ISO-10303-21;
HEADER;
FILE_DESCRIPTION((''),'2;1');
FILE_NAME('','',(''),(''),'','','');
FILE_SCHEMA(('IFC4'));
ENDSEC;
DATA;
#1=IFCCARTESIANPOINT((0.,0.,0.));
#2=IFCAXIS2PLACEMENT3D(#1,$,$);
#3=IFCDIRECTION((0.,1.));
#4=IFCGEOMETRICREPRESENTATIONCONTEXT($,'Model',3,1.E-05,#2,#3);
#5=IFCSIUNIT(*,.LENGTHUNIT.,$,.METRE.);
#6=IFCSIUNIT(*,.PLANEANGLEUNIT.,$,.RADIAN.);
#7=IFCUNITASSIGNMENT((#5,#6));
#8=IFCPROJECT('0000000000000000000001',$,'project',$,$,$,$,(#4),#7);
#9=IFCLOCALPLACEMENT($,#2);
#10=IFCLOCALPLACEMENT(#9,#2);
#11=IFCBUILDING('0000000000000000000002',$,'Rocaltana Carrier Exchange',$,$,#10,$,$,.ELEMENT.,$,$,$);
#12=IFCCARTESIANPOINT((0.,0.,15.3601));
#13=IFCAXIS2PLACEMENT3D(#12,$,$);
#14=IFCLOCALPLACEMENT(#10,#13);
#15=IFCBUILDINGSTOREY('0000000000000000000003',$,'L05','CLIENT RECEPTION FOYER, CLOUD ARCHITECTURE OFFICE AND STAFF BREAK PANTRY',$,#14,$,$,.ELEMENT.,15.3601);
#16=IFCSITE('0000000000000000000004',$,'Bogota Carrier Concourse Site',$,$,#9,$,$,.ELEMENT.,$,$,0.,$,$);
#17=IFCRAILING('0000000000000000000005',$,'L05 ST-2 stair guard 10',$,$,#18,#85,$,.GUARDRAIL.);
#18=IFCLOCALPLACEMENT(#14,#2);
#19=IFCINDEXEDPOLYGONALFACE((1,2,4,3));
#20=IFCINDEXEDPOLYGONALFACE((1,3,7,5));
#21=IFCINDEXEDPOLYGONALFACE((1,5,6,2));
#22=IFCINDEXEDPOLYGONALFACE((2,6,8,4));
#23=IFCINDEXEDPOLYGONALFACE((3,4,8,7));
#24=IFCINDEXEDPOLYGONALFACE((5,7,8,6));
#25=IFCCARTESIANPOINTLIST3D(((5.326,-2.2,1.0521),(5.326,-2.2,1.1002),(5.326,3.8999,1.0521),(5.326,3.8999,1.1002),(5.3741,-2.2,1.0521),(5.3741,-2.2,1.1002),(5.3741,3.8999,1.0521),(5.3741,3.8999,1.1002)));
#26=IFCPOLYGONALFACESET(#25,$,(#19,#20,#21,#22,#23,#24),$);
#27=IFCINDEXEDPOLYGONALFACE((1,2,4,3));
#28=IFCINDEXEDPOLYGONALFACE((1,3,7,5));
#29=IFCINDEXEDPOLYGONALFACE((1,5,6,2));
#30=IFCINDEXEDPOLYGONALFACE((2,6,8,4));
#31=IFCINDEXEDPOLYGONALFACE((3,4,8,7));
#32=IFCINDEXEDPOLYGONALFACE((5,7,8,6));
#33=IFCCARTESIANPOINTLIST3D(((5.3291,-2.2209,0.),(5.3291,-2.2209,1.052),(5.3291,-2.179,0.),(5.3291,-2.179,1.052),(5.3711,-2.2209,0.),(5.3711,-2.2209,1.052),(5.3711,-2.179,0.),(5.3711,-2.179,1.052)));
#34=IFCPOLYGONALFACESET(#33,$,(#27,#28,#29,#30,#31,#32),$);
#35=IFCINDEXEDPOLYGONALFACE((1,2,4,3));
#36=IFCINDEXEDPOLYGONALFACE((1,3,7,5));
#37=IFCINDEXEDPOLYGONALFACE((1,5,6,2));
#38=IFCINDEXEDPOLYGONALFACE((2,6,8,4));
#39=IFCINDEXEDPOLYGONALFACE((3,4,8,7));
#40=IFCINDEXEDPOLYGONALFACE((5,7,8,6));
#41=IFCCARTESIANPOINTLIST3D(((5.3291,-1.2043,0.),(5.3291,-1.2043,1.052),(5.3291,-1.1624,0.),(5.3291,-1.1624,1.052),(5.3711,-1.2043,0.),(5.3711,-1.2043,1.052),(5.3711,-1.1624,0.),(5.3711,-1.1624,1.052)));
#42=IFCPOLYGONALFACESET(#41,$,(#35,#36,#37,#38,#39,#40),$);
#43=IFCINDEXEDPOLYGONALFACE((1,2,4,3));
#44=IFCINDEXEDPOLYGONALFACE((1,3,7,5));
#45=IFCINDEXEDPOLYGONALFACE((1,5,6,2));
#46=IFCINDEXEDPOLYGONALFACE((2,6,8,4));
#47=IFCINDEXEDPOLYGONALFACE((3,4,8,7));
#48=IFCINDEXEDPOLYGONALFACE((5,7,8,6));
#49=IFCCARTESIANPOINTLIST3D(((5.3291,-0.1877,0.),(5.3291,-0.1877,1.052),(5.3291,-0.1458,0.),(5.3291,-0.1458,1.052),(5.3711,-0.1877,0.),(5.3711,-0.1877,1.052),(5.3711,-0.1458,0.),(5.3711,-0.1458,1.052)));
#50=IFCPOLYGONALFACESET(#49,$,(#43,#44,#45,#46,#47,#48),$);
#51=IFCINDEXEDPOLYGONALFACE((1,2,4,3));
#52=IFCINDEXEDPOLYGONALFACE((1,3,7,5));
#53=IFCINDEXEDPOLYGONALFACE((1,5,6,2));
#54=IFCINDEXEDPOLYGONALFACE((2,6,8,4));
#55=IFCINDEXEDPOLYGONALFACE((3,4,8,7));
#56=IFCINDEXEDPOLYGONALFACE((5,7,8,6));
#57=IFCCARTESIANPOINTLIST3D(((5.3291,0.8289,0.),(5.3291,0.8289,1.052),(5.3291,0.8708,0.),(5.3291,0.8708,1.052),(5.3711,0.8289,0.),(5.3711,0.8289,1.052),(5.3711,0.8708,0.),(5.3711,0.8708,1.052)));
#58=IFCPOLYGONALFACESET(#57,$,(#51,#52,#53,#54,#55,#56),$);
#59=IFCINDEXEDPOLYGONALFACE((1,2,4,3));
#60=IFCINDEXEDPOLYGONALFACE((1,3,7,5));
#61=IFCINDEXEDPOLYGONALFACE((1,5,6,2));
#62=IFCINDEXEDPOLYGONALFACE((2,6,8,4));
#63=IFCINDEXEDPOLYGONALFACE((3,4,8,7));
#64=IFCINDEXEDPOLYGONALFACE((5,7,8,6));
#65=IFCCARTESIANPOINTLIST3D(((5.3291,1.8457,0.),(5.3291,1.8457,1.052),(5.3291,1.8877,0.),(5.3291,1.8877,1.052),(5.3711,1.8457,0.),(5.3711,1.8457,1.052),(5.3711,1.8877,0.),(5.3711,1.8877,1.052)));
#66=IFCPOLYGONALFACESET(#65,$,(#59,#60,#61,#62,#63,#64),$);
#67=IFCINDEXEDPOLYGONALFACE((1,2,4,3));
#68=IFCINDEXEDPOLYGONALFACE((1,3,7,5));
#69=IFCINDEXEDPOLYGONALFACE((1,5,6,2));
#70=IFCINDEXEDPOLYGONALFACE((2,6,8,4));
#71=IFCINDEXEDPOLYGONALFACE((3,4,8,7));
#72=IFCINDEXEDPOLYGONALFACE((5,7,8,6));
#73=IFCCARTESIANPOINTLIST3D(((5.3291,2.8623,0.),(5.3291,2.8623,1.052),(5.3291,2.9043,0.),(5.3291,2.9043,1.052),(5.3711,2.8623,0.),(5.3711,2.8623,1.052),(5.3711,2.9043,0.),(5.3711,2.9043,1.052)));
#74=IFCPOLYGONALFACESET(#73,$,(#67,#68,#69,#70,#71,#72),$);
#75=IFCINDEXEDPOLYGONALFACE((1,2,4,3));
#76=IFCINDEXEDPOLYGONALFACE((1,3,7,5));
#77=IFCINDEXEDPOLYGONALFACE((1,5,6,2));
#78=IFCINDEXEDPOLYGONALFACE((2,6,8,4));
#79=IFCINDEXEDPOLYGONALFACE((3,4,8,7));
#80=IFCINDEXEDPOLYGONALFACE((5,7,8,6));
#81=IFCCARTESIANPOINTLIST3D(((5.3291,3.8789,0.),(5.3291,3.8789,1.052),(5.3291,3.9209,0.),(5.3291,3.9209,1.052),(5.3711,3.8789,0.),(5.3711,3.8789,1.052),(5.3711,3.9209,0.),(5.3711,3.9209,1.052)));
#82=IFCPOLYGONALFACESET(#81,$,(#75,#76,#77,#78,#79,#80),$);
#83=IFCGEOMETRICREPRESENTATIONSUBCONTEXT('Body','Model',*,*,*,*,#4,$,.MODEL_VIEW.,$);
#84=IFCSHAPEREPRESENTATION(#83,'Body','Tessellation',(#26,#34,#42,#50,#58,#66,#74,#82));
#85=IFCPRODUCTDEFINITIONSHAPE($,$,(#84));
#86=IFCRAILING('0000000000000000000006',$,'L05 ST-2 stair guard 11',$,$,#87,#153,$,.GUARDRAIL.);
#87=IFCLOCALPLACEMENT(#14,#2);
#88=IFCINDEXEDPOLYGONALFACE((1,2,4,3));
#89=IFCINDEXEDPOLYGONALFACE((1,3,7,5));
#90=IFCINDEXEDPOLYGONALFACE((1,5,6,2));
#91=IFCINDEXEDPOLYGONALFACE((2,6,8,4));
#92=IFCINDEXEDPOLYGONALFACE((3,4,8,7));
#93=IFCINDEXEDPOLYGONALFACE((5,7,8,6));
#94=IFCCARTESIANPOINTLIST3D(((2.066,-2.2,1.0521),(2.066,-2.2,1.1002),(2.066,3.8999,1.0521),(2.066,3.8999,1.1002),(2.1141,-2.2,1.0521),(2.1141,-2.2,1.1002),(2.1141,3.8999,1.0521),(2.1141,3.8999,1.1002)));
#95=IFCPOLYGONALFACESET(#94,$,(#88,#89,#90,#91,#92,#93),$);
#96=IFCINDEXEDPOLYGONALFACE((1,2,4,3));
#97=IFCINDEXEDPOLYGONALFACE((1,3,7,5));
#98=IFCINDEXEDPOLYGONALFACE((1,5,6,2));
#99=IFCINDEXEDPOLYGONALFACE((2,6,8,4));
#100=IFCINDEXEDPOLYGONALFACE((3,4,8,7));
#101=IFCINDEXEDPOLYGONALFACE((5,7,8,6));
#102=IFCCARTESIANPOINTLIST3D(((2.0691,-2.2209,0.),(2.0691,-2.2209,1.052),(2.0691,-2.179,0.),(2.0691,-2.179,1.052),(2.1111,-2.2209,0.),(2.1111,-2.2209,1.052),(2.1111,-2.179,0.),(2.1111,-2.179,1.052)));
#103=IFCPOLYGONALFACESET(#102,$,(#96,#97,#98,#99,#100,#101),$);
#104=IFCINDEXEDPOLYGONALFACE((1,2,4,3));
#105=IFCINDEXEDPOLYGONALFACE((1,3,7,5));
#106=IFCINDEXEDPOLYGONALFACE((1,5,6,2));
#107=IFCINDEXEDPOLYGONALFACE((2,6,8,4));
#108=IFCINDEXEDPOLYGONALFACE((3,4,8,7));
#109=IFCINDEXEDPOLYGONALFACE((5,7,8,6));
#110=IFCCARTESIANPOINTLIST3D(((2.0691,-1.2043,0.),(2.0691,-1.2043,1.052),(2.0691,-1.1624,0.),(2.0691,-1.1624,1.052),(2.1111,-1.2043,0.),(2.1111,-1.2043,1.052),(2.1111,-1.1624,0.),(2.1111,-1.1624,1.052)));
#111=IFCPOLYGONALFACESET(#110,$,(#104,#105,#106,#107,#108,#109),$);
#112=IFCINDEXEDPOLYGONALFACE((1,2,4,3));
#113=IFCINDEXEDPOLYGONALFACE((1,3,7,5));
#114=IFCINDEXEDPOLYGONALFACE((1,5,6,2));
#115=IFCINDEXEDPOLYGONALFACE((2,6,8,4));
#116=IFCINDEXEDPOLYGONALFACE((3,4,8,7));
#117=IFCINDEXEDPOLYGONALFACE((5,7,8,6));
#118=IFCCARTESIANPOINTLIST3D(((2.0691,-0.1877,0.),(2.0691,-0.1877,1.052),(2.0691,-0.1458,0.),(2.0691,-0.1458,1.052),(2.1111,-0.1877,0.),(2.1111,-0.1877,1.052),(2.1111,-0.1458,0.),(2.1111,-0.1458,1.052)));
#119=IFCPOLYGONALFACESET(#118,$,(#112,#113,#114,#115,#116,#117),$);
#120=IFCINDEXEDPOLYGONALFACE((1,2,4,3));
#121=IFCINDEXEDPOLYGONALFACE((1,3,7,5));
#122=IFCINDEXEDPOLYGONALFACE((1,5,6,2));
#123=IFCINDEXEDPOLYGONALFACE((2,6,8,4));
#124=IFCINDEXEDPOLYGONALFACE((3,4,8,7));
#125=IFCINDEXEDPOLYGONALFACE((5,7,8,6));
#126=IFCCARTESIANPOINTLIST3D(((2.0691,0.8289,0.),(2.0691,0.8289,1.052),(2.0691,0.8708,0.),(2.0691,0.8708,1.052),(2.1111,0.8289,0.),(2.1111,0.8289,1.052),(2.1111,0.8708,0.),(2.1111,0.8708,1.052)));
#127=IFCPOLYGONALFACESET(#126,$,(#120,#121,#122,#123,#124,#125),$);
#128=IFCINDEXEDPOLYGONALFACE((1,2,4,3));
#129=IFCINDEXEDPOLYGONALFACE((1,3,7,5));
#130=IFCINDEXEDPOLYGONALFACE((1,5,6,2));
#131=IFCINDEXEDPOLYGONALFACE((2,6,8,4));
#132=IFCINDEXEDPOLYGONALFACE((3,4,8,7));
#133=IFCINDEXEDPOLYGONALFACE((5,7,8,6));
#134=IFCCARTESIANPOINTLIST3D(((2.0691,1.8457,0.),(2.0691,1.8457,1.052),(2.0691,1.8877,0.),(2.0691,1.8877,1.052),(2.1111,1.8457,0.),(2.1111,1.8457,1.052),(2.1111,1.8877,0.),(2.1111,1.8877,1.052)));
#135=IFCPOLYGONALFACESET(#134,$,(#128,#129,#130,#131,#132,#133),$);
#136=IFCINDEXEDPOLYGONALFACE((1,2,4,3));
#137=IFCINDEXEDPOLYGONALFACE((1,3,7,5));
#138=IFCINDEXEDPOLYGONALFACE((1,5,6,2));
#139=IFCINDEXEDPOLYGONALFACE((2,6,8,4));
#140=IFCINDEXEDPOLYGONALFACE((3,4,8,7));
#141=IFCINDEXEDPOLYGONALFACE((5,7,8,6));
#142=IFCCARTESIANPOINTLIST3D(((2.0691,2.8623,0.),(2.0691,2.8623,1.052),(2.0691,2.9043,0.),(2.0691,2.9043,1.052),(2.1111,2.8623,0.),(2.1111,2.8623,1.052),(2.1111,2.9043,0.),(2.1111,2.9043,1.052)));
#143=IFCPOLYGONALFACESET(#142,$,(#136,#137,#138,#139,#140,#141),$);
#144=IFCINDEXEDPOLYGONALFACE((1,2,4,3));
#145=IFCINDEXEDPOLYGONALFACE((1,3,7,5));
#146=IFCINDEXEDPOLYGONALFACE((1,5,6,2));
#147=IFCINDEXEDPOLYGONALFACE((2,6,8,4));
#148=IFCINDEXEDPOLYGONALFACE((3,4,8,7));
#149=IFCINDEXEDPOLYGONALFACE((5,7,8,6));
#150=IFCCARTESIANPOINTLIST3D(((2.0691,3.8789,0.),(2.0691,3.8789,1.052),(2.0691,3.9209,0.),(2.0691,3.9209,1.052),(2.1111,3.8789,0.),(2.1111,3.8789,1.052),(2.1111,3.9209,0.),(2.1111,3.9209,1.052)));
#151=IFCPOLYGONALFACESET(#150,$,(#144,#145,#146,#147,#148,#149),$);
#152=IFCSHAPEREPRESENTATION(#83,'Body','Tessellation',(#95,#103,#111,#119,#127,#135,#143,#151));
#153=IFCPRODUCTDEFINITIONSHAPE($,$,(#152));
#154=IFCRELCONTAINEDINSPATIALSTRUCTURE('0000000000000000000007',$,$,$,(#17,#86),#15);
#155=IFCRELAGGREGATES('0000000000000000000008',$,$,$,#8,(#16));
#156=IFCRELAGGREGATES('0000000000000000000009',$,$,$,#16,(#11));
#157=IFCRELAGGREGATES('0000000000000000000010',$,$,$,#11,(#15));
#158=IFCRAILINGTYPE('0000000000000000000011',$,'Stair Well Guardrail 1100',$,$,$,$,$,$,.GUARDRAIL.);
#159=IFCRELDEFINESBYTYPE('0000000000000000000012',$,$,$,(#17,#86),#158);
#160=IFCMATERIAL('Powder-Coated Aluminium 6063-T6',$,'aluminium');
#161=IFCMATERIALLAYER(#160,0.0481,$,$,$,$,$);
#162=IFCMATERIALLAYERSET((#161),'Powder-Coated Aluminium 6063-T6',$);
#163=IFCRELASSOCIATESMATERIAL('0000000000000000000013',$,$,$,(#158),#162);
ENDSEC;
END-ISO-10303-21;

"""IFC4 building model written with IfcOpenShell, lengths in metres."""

from ifc_helpers import new_model, si_unit, direction, frame, origin, origin_2d, place, context, subcontext, project, spatial, rectangle, extrude, material, layer, layer_set, type_object, element, save


model = new_model("IFC4")

# Units and contexts
model_context = context("Model", 3, precision=1e-05, world=origin(), true_north=direction((0.0, 1.0)))
body_context = subcontext(model_context, "Body", "Model", "MODEL_VIEW")
ifc_project = project(units=[si_unit("LENGTHUNIT", "METRE"), si_unit("PLANEANGLEUNIT", "RADIAN")], contexts=[model_context])

# Site, building, storey
site_placement = place(None, origin())
site = spatial("IfcSite", under=ifc_project, at=site_placement, Name="Bogota Carrier Concourse Site", CompositionType="ELEMENT", RefElevation=0.0)
building_placement = place(site_placement, origin())
building = spatial("IfcBuilding", under=site, at=building_placement, Name="Rocaltana Carrier Exchange", CompositionType="ELEMENT")
storey_placement = place(building_placement, frame((0.0, 0.0, 15.3601)))
storey = spatial("IfcBuildingStorey", under=building, at=storey_placement, Name="L05", Description="CLIENT RECEPTION FOYER, CLOUD ARCHITECTURE OFFICE AND STAFF BREAK PANTRY", CompositionType="ELEMENT", Elevation=15.3601)

# Railings
ifc_material_1 = material(Name="Powder-Coated Aluminium 6063-T6", Category="aluminium")
ifc_layer_1 = layer(ifc_material_1, 0.0481)
ifc_layer_set_1 = layer_set([ifc_layer_1], Name="Powder-Coated Aluminium 6063-T6")
railing_type_1 = type_object("IfcRailingType", Name="Stair Well Guardrail 1100", PredefinedType="GUARDRAIL", material=ifc_layer_set_1)
for number, where, name in (
    (1, (5.3501, -2.2, 0.0), "L05 ST-2 stair guard 10"),
    (2, (2.0901, -2.2, 0.0), "L05 ST-2 stair guard 11"),
):
    element("IfcRailing", number, at=place(storey_placement, frame(where)), inside=storey, type_object=railing_type_1, Name=name, PredefinedType="GUARDRAIL", context=body_context, shape_type="SweptSolid", body=[
        extrude(rectangle(XDim=0.0481, YDim=0.0481, at=origin_2d()), frame((0.0, 0.0, 1.0762), z_axis=(0.0, 1.0, 0.0), x_axis=(-1.0, 0.0, 0.0)), (0.0, 0.0, 1.0), 6.0999),
        extrude(rectangle(XDim=0.042, YDim=0.042, at=origin_2d()), origin(), (0.0, 0.0, 1.0), 1.052),
        extrude(rectangle(XDim=0.042, YDim=0.042, at=origin_2d()), frame((0.0, 1.0166, 0.0)), (0.0, 0.0, 1.0), 1.052),
        extrude(rectangle(XDim=0.042, YDim=0.042, at=origin_2d()), frame((0.0, 2.0332, 0.0)), (0.0, 0.0, 1.0), 1.052),
        extrude(rectangle(XDim=0.042, YDim=0.042, at=origin_2d()), frame((0.0, 3.0498, 0.0)), (0.0, 0.0, 1.0), 1.052),
        extrude(rectangle(XDim=0.042, YDim=0.042, at=origin_2d()), frame((0.0, 4.0667, 0.0)), (0.0, 0.0, 1.0), 1.052),
        extrude(rectangle(XDim=0.042, YDim=0.042, at=origin_2d()), frame((0.0, 5.0833, 0.0)), (0.0, 0.0, 1.0), 1.052),
        extrude(rectangle(XDim=0.042, YDim=0.042, at=origin_2d()), frame((0.0, 6.0999, 0.0)), (0.0, 0.0, 1.0), 1.052),
    ])

save(model, "model.ifc")
